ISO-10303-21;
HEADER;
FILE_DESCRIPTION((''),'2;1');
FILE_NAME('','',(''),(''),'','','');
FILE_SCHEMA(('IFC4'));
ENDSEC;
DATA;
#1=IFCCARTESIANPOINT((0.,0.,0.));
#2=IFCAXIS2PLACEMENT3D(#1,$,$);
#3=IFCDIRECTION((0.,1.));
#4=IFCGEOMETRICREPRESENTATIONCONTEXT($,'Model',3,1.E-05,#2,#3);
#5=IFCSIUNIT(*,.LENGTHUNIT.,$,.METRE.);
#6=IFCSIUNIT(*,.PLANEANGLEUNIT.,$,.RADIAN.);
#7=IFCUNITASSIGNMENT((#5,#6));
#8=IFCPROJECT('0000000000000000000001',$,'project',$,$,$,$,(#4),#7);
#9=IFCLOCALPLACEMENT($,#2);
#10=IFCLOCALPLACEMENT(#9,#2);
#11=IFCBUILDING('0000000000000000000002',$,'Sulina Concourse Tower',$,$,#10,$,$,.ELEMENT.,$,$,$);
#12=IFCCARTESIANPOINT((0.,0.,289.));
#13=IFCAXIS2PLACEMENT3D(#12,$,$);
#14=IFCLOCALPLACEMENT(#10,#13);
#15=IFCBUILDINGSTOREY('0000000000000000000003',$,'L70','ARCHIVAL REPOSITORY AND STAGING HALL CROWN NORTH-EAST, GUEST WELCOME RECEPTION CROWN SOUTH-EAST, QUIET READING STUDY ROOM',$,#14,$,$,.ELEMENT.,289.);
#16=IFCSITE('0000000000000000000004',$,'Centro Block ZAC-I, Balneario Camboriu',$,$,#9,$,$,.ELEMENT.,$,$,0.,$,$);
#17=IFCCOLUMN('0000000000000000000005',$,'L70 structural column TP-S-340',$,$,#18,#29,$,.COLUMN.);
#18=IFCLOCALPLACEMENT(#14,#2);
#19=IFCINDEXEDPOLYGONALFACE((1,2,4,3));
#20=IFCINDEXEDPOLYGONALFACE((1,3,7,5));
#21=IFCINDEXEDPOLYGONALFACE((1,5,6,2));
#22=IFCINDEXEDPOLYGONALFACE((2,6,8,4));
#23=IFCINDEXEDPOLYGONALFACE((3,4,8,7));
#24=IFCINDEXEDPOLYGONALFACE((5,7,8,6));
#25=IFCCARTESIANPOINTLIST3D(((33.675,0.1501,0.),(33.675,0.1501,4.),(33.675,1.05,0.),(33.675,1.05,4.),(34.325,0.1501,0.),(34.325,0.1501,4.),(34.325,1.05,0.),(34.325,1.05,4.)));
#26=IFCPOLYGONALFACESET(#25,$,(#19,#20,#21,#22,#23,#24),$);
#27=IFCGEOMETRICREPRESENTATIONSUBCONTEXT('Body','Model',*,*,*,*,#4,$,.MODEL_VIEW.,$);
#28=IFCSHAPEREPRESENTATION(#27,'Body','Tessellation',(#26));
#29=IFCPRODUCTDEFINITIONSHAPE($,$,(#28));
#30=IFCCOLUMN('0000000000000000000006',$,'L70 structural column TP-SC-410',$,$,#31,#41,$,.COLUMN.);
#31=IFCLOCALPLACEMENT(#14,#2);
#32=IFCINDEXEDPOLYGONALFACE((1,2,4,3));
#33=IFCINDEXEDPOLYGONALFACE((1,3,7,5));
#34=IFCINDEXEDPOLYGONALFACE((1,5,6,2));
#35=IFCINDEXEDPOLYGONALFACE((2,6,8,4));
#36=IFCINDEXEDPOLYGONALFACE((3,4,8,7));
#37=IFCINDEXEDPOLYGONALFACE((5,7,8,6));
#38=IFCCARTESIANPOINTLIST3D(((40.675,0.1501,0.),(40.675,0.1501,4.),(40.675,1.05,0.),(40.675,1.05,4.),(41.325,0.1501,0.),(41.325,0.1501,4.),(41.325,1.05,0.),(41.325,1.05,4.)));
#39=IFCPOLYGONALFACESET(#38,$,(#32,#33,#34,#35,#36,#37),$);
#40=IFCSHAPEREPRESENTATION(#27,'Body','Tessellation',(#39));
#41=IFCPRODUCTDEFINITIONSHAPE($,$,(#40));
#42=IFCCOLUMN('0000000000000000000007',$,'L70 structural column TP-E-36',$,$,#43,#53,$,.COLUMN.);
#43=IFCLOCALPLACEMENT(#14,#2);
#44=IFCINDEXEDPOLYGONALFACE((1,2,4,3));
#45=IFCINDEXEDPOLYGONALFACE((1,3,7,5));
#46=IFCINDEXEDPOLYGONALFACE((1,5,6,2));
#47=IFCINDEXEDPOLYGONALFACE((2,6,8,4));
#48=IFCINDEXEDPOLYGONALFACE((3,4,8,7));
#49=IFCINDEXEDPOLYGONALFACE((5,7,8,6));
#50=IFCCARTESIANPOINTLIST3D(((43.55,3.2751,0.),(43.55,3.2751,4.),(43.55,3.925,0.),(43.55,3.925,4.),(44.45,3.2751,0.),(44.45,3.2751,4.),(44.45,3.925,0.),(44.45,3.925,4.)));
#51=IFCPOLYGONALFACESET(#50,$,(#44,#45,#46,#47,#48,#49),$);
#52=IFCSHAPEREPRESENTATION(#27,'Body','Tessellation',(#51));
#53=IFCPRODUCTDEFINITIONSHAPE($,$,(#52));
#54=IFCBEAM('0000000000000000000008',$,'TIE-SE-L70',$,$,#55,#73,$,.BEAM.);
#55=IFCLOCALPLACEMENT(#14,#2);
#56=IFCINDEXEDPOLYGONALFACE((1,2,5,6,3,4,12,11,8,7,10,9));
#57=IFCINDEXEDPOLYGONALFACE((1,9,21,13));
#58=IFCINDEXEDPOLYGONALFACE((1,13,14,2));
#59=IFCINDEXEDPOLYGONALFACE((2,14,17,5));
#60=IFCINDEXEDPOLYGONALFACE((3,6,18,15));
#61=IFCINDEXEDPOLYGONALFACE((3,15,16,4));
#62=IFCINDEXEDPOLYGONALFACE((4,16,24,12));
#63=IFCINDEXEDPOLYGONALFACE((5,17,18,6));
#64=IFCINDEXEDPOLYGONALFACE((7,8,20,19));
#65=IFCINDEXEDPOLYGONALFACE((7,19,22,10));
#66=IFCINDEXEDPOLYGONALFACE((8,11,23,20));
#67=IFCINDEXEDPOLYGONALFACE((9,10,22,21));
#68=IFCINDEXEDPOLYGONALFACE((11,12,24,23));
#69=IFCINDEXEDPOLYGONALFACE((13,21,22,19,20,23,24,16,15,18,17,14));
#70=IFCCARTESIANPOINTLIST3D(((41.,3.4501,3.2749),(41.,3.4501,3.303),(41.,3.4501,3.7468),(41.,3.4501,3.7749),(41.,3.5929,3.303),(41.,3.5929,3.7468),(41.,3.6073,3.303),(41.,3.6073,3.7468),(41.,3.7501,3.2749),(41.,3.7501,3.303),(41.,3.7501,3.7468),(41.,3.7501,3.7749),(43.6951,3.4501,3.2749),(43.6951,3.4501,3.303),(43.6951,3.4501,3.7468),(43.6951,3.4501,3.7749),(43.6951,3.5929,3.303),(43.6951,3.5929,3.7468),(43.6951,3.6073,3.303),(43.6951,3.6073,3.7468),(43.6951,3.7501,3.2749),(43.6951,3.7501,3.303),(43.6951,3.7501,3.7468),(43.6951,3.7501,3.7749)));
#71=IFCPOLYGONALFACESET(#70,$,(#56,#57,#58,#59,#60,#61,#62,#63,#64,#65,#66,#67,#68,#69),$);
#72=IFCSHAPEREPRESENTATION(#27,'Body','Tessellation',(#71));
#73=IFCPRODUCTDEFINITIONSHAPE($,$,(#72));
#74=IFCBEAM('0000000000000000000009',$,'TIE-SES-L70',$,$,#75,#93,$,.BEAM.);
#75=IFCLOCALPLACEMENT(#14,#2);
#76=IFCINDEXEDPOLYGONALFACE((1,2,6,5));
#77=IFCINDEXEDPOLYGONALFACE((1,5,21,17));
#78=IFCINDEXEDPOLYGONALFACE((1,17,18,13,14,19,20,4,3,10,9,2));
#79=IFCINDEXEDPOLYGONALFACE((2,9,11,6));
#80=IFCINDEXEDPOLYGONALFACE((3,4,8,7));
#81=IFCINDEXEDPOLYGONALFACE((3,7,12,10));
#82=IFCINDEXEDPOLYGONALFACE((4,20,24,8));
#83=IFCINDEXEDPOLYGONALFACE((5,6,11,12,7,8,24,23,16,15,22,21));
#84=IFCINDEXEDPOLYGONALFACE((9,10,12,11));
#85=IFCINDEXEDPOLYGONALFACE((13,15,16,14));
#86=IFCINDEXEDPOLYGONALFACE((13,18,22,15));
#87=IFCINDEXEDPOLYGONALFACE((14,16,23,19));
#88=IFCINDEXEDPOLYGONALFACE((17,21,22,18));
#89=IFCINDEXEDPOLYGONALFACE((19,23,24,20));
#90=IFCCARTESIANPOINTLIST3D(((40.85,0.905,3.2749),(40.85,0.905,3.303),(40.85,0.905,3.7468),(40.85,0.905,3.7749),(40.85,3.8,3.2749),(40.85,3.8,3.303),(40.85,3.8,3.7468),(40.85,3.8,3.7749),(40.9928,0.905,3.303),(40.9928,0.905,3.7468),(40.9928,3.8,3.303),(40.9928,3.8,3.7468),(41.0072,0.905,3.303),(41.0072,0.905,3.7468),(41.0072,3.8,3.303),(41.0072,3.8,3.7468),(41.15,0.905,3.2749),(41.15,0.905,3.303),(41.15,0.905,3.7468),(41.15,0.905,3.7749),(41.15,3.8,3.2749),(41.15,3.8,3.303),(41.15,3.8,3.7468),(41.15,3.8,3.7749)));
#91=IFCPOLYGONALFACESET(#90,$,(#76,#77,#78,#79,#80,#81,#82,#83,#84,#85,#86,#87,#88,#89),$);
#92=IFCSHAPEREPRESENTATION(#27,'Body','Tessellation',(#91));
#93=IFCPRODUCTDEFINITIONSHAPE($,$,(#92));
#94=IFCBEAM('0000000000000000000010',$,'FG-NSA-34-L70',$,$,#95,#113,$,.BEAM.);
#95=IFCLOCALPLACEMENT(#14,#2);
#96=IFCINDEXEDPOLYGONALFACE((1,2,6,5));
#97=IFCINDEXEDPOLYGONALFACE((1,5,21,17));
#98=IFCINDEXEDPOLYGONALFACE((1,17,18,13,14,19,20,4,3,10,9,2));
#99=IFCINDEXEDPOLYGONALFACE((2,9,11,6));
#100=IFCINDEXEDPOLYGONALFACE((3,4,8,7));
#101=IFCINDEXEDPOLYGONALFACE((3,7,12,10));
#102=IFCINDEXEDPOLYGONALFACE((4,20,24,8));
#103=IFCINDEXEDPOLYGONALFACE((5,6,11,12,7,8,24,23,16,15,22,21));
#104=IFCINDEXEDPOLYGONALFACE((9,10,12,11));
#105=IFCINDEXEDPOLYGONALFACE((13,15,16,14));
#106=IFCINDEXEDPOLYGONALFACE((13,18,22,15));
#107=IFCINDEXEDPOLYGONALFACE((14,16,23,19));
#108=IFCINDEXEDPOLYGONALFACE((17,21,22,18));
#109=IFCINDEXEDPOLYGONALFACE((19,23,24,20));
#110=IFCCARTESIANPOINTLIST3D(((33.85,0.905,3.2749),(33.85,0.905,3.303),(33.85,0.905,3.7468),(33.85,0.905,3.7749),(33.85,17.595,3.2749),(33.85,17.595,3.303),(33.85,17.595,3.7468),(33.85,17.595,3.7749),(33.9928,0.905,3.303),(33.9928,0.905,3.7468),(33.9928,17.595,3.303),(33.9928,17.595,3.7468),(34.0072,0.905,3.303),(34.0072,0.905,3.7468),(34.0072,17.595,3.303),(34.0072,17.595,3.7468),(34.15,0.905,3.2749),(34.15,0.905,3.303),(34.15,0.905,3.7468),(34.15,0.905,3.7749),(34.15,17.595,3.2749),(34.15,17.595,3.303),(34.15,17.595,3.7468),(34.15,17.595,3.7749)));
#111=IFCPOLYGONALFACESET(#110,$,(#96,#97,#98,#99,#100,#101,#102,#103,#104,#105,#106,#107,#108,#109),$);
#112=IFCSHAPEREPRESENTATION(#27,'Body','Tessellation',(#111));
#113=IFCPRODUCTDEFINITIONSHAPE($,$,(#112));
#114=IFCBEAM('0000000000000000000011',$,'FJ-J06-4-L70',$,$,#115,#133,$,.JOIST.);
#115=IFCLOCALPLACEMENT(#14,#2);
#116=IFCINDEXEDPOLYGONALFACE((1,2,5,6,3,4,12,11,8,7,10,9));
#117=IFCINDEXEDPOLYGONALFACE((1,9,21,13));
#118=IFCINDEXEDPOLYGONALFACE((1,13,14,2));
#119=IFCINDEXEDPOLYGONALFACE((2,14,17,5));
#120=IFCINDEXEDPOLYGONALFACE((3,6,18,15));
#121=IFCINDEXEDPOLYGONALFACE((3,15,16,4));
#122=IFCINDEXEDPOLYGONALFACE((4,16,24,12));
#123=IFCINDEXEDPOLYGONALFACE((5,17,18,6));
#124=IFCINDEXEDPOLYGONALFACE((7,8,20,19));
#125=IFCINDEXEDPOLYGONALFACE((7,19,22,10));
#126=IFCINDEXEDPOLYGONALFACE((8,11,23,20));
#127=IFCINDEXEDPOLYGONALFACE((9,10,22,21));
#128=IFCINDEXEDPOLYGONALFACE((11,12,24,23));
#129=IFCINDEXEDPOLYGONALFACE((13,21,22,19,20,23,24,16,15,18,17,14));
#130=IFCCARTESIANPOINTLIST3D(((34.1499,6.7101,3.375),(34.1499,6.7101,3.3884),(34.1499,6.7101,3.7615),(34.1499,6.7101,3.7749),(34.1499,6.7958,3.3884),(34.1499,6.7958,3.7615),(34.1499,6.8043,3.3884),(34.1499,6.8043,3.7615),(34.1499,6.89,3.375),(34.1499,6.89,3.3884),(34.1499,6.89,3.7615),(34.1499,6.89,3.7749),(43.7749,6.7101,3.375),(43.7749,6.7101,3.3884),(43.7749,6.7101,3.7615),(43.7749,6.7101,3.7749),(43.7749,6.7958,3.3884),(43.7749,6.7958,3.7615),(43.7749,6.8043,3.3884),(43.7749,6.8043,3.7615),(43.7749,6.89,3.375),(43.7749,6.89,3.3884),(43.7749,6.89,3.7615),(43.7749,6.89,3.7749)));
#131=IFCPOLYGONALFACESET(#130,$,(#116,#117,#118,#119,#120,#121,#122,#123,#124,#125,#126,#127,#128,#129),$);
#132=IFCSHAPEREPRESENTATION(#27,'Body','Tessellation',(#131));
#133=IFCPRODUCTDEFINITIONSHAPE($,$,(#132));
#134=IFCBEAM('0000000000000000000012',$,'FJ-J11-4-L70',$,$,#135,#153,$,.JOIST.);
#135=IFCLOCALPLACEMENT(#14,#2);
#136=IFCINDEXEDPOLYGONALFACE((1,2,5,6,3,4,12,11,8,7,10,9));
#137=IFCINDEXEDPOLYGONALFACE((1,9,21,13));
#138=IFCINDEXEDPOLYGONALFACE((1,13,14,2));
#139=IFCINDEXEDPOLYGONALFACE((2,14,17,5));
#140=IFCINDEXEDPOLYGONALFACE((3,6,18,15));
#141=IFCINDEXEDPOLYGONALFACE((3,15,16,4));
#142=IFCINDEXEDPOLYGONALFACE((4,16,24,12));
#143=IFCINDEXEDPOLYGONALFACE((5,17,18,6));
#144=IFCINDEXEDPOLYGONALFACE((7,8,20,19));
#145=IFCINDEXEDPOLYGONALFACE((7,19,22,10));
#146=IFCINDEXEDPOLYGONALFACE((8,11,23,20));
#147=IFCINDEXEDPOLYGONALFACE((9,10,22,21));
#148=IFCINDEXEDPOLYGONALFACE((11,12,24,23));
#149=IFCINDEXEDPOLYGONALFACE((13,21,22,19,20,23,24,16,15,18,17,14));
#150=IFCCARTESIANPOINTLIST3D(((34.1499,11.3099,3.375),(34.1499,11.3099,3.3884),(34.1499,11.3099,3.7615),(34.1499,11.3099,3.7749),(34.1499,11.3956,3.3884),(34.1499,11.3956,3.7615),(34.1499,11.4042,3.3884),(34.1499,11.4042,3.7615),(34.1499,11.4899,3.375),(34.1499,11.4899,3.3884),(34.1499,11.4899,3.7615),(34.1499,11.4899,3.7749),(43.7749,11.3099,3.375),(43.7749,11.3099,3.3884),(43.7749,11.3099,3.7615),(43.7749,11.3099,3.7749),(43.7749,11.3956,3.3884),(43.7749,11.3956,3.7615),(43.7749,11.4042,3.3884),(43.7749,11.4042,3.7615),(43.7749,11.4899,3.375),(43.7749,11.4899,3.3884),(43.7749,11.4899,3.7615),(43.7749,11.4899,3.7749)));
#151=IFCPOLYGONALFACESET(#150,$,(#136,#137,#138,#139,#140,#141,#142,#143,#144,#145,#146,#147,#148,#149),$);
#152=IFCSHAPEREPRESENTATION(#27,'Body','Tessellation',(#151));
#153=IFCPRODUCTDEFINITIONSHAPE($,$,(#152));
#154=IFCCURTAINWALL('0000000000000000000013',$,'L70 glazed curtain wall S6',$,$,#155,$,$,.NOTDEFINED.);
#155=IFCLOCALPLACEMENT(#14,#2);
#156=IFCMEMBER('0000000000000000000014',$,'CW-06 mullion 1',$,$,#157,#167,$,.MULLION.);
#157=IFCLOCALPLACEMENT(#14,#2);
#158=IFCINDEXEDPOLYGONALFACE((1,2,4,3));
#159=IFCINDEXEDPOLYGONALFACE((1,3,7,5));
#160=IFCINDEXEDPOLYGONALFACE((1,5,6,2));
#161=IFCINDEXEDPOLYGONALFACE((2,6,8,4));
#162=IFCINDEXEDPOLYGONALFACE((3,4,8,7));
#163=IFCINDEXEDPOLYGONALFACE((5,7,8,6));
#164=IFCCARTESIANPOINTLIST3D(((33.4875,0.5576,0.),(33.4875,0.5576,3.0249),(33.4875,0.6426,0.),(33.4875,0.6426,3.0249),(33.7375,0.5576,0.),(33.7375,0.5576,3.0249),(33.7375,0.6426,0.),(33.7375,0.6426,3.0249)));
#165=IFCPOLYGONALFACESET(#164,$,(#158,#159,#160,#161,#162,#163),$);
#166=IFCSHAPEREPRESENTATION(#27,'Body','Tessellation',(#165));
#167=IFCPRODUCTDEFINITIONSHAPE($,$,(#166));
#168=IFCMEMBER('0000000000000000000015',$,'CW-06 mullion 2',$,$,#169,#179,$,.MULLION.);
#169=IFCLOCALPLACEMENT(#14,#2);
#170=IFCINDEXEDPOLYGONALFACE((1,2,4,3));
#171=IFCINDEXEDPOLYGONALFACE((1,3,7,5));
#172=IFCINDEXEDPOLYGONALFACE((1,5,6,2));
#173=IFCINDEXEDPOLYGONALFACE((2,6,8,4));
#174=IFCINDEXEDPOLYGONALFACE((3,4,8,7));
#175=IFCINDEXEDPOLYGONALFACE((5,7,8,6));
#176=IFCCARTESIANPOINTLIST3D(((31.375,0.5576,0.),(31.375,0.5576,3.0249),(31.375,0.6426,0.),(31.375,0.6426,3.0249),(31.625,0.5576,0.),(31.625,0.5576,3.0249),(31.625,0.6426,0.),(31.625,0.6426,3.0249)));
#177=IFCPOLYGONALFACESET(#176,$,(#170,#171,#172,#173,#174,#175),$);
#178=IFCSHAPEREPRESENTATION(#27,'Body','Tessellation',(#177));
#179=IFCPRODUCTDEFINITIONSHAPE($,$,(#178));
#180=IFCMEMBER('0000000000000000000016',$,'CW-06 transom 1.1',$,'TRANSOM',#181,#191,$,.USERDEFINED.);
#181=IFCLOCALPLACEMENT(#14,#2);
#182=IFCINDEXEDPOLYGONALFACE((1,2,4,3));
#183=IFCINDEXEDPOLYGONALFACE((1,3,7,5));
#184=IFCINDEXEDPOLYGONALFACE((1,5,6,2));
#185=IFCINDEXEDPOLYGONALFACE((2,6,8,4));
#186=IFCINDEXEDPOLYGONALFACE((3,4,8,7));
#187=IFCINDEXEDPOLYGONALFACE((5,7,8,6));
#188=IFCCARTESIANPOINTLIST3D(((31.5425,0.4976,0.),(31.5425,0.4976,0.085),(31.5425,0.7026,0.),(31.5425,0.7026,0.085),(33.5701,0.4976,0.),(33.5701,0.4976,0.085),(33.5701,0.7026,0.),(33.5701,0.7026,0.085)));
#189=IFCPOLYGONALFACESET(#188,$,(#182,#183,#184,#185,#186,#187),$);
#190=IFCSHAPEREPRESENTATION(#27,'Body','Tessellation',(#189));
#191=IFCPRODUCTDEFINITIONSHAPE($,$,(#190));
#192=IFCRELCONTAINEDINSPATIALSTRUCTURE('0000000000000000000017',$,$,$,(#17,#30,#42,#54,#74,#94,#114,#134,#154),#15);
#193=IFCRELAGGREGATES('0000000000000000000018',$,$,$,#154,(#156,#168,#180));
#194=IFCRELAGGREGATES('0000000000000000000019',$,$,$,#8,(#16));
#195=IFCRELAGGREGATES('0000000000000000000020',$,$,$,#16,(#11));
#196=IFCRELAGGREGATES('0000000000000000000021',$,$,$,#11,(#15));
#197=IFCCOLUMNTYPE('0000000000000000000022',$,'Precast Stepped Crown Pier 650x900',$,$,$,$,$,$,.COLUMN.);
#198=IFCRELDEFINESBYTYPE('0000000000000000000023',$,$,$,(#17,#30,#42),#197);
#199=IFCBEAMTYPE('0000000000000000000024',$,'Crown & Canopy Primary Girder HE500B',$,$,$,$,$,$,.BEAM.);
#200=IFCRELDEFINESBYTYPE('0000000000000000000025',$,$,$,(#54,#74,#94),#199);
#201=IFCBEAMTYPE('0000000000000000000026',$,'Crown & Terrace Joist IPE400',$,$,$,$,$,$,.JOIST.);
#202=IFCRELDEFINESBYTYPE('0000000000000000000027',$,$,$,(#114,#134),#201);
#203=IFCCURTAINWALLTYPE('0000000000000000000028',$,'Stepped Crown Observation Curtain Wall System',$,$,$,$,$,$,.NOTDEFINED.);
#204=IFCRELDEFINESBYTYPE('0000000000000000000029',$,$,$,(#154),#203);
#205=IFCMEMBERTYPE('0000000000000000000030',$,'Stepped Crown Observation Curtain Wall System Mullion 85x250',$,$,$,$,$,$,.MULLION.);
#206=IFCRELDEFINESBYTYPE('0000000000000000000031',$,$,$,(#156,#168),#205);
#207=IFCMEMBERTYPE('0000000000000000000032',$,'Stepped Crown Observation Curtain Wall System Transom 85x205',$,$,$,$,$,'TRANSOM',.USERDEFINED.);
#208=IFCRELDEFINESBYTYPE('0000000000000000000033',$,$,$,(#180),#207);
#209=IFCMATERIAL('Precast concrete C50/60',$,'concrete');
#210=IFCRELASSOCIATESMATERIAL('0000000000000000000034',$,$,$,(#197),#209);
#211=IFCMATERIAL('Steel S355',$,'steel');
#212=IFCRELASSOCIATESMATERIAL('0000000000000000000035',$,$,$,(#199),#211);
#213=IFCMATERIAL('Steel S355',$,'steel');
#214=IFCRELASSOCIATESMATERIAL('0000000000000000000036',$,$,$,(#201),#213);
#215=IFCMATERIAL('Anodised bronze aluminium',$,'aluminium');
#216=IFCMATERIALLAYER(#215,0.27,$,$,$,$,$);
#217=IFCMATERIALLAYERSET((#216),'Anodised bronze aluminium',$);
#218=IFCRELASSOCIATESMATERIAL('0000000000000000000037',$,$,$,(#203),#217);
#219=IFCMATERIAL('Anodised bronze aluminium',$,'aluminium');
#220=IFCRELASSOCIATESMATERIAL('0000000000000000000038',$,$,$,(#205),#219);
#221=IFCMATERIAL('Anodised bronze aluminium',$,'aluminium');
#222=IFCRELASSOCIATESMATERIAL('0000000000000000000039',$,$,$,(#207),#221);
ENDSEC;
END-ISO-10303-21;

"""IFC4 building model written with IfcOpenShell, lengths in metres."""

from ifc_helpers import new_model, si_unit, direction, frame, origin, origin_2d, place, context, subcontext, project, spatial, rectangle, i_section, extrude, material, layer, layer_set, material_profile, profile_set, type_object, element, aggregate, save


model = new_model("IFC4")

# Units and contexts
model_context = context("Model", 3, precision=1e-05, world=origin(), true_north=direction((0.0, 1.0)))
body_context = subcontext(model_context, "Body", "Model", "MODEL_VIEW")
ifc_project = project(units=[si_unit("LENGTHUNIT", "METRE"), si_unit("PLANEANGLEUNIT", "RADIAN")], contexts=[model_context])

# Site, building, storey
site_placement = place(None, origin())
site = spatial("IfcSite", under=ifc_project, at=site_placement, Name="Centro Block ZAC-I, Balneario Camboriu", CompositionType="ELEMENT", RefElevation=0.0)
building_placement = place(site_placement, origin())
building = spatial("IfcBuilding", under=site, at=building_placement, Name="Sulina Concourse Tower", CompositionType="ELEMENT")
storey_placement = place(building_placement, frame((0.0, 0.0, 289.0)))
storey = spatial("IfcBuildingStorey", under=building, at=storey_placement, Name="L70", Description="ARCHIVAL REPOSITORY AND STAGING HALL CROWN NORTH-EAST, GUEST WELCOME RECEPTION CROWN SOUTH-EAST, QUIET READING STUDY ROOM", CompositionType="ELEMENT", Elevation=289.0)

# Columns
ifc_material_1 = material(Name="Precast concrete C50/60", Category="concrete")
ifc_material_profile_1 = material_profile(ifc_material_1, rectangle(XDim=0.6499, YDim=0.8999, at=origin_2d()), Name="PC 650x900")
ifc_profile_set_1 = profile_set([ifc_material_profile_1], Name="Precast concrete C50/60")
column_type = type_object("IfcColumnType", Name="Precast Stepped Crown Pier 650x900", PredefinedType="COLUMN", material=ifc_profile_set_1)
for number, where, z_axis, x_axis, name in (
    (1, (34.0, 0.6001, 0.0), (0.0, 0.0, 1.0), (1.0, 0.0, 0.0), "L70 structural column TP-S-340"),
    (2, (41.0, 0.6001, 0.0), (0.0, 0.0, 1.0), (1.0, 0.0, 0.0), "L70 structural column TP-SC-410"),
    (3, (44.0, 3.6001, 0.0), (0.0, 0.0, 1.0), (0.0, 1.0, 0.0), "L70 structural column TP-E-36"),
):
    element("IfcColumn", number, at=place(storey_placement, frame(where, z_axis=z_axis, x_axis=x_axis)), inside=storey, type_object=column_type, Name=name, PredefinedType="COLUMN", context=body_context, shape_type="SweptSolid", body=[
        extrude(rectangle(XDim=0.6499, YDim=0.8999, at=origin_2d()), origin(), (0.0, 0.0, 1.0), 4.0),
    ])

# Beams
ifc_material_2 = material(Name="Steel S355", Category="steel")
ifc_material_profile_2 = material_profile(ifc_material_2, i_section(OverallWidth=0.3, OverallDepth=0.5, WebThickness=0.0144, FlangeThickness=0.0281, at=origin_2d()), Name="HE 500 B")
ifc_profile_set_2 = profile_set([ifc_material_profile_2], Name="Steel S355")
beam_type_1 = type_object("IfcBeamType", Name="Crown & Canopy Primary Girder HE500B", PredefinedType="BEAM", material=ifc_profile_set_2)
beam_1_placement = place(storey_placement, frame((41.0, 3.6001, 3.5249), z_axis=(1.0, 0.0, 0.0), x_axis=(0.0, 1.0, 0.0)))
element("IfcBeam", 4, at=beam_1_placement, inside=storey, type_object=beam_type_1, Name="TIE-SE-L70", PredefinedType="BEAM", context=body_context, shape_type="SweptSolid", body=[
    extrude(i_section(OverallWidth=0.3, OverallDepth=0.5, WebThickness=0.0144, FlangeThickness=0.0281, at=origin_2d()), origin(), (0.0, 0.0, 1.0), 2.6951),
])
beam_2_placement = place(storey_placement, frame((41.0, 0.905, 3.5249), z_axis=(0.0, 1.0, 0.0), x_axis=(-1.0, 0.0, 0.0)))
element("IfcBeam", 5, at=beam_2_placement, inside=storey, type_object=beam_type_1, Name="TIE-SES-L70", PredefinedType="BEAM", context=body_context, shape_type="SweptSolid", body=[
    extrude(i_section(OverallWidth=0.3, OverallDepth=0.5, WebThickness=0.0144, FlangeThickness=0.0281, at=origin_2d()), origin(), (0.0, 0.0, 1.0), 2.895),
])
beam_3_placement = place(storey_placement, frame((34.0, 0.905, 3.5249), z_axis=(0.0, 1.0, 0.0), x_axis=(-1.0, 0.0, 0.0)))
element("IfcBeam", 6, at=beam_3_placement, inside=storey, type_object=beam_type_1, Name="FG-NSA-34-L70", PredefinedType="BEAM", context=body_context, shape_type="SweptSolid", body=[
    extrude(i_section(OverallWidth=0.3, OverallDepth=0.5, WebThickness=0.0144, FlangeThickness=0.0281, at=origin_2d()), origin(), (0.0, 0.0, 1.0), 16.6899),
])
ifc_material_3 = material(Name="Steel S355", Category="steel")
ifc_material_profile_3 = material_profile(ifc_material_3, i_section(OverallWidth=0.1799, OverallDepth=0.3999, WebThickness=0.0085, FlangeThickness=0.0134, at=origin_2d()), Name="IPE 400")
ifc_profile_set_3 = profile_set([ifc_material_profile_3], Name="Steel S355")
beam_type_2 = type_object("IfcBeamType", Name="Crown & Terrace Joist IPE400", PredefinedType="JOIST", material=ifc_profile_set_3)
for number, where, z_axis, x_axis, name in (
    (7, (34.1499, 6.8, 3.575), (1.0, 0.0, 0.0), (0.0, 1.0, 0.0), "FJ-J06-4-L70"),
    (8, (34.1499, 11.3999, 3.575), (1.0, 0.0, 0.0), (0.0, 1.0, 0.0), "FJ-J11-4-L70"),
):
    element("IfcBeam", number, at=place(storey_placement, frame(where, z_axis=z_axis, x_axis=x_axis)), inside=storey, type_object=beam_type_2, Name=name, PredefinedType="JOIST", context=body_context, shape_type="SweptSolid", body=[
        extrude(i_section(OverallWidth=0.1799, OverallDepth=0.3999, WebThickness=0.0085, FlangeThickness=0.0134, at=origin_2d()), origin(), (0.0, 0.0, 1.0), 9.625),
    ])

# Curtain wall, members
ifc_material_4 = material(Name="Anodised bronze aluminium", Category="aluminium")
ifc_layer_1 = layer(ifc_material_4, 0.27)
ifc_layer_set_1 = layer_set([ifc_layer_1], Name="Anodised bronze aluminium")
curtain_wall_type = type_object("IfcCurtainWallType", Name="Stepped Crown Observation Curtain Wall System", PredefinedType="NOTDEFINED", material=ifc_layer_set_1)
curtain_wall_placement = place(storey_placement, origin())
curtain_wall = element("IfcCurtainWall", 9, at=curtain_wall_placement, inside=storey, type_object=curtain_wall_type, Name="L70 glazed curtain wall S6", PredefinedType="NOTDEFINED")
ifc_material_5 = material(Name="Anodised bronze aluminium", Category="aluminium")
ifc_material_profile_4 = material_profile(ifc_material_5, rectangle(XDim=0.085, YDim=0.25, at=origin_2d()), Name="MUL 85x250")
ifc_profile_set_4 = profile_set([ifc_material_profile_4], Name="Anodised bronze aluminium")
member_type_1 = type_object("IfcMemberType", Name="Stepped Crown Observation Curtain Wall System Mullion 85x250", PredefinedType="MULLION", material=ifc_profile_set_4)
member_1_placement = place(storey_placement, frame((33.6125, 0.6001, 0.0), z_axis=(0.0, 0.0, 1.0), x_axis=(0.0, -1.0, 0.0)))
member_1 = element("IfcMember", 10, at=member_1_placement, type_object=member_type_1, Name="CW-06 mullion 1", PredefinedType="MULLION", context=body_context, shape_type="SweptSolid", body=[
    extrude(rectangle(XDim=0.085, YDim=0.25, at=origin_2d()), origin(), (0.0, 0.0, 1.0), 3.0249),
])
member_2_placement = place(storey_placement, frame((31.5, 0.6001, 0.0), z_axis=(0.0, 0.0, 1.0), x_axis=(0.0, -1.0, 0.0)))
member_2 = element("IfcMember", 11, at=member_2_placement, type_object=member_type_1, Name="CW-06 mullion 2", PredefinedType="MULLION", context=body_context, shape_type="SweptSolid", body=[
    extrude(rectangle(XDim=0.085, YDim=0.25, at=origin_2d()), origin(), (0.0, 0.0, 1.0), 3.0249),
])
ifc_material_6 = material(Name="Anodised bronze aluminium", Category="aluminium")
ifc_material_profile_5 = material_profile(ifc_material_6, rectangle(XDim=0.2051, YDim=0.085, at=origin_2d()), Name="TRN 85x205")
ifc_profile_set_5 = profile_set([ifc_material_profile_5], Name="Anodised bronze aluminium")
member_type_2 = type_object("IfcMemberType", Name="Stepped Crown Observation Curtain Wall System Transom 85x205", ElementType="TRANSOM", PredefinedType="USERDEFINED", material=ifc_profile_set_5)
member_3_placement = place(storey_placement, frame((33.5701, 0.6001, 0.0425), z_axis=(-1.0, 0.0, 0.0), x_axis=(0.0, -1.0, 0.0)))
member_3 = element("IfcMember", 12, at=member_3_placement, type_object=member_type_2, Name="CW-06 transom 1.1", ObjectType="TRANSOM", PredefinedType="USERDEFINED", context=body_context, shape_type="SweptSolid", body=[
    extrude(rectangle(XDim=0.2051, YDim=0.085, at=origin_2d()), origin(), (0.0, 0.0, 1.0), 2.0276),
])

aggregate(curtain_wall, [member_1, member_2, member_3])

save(model, "model.ifc")
